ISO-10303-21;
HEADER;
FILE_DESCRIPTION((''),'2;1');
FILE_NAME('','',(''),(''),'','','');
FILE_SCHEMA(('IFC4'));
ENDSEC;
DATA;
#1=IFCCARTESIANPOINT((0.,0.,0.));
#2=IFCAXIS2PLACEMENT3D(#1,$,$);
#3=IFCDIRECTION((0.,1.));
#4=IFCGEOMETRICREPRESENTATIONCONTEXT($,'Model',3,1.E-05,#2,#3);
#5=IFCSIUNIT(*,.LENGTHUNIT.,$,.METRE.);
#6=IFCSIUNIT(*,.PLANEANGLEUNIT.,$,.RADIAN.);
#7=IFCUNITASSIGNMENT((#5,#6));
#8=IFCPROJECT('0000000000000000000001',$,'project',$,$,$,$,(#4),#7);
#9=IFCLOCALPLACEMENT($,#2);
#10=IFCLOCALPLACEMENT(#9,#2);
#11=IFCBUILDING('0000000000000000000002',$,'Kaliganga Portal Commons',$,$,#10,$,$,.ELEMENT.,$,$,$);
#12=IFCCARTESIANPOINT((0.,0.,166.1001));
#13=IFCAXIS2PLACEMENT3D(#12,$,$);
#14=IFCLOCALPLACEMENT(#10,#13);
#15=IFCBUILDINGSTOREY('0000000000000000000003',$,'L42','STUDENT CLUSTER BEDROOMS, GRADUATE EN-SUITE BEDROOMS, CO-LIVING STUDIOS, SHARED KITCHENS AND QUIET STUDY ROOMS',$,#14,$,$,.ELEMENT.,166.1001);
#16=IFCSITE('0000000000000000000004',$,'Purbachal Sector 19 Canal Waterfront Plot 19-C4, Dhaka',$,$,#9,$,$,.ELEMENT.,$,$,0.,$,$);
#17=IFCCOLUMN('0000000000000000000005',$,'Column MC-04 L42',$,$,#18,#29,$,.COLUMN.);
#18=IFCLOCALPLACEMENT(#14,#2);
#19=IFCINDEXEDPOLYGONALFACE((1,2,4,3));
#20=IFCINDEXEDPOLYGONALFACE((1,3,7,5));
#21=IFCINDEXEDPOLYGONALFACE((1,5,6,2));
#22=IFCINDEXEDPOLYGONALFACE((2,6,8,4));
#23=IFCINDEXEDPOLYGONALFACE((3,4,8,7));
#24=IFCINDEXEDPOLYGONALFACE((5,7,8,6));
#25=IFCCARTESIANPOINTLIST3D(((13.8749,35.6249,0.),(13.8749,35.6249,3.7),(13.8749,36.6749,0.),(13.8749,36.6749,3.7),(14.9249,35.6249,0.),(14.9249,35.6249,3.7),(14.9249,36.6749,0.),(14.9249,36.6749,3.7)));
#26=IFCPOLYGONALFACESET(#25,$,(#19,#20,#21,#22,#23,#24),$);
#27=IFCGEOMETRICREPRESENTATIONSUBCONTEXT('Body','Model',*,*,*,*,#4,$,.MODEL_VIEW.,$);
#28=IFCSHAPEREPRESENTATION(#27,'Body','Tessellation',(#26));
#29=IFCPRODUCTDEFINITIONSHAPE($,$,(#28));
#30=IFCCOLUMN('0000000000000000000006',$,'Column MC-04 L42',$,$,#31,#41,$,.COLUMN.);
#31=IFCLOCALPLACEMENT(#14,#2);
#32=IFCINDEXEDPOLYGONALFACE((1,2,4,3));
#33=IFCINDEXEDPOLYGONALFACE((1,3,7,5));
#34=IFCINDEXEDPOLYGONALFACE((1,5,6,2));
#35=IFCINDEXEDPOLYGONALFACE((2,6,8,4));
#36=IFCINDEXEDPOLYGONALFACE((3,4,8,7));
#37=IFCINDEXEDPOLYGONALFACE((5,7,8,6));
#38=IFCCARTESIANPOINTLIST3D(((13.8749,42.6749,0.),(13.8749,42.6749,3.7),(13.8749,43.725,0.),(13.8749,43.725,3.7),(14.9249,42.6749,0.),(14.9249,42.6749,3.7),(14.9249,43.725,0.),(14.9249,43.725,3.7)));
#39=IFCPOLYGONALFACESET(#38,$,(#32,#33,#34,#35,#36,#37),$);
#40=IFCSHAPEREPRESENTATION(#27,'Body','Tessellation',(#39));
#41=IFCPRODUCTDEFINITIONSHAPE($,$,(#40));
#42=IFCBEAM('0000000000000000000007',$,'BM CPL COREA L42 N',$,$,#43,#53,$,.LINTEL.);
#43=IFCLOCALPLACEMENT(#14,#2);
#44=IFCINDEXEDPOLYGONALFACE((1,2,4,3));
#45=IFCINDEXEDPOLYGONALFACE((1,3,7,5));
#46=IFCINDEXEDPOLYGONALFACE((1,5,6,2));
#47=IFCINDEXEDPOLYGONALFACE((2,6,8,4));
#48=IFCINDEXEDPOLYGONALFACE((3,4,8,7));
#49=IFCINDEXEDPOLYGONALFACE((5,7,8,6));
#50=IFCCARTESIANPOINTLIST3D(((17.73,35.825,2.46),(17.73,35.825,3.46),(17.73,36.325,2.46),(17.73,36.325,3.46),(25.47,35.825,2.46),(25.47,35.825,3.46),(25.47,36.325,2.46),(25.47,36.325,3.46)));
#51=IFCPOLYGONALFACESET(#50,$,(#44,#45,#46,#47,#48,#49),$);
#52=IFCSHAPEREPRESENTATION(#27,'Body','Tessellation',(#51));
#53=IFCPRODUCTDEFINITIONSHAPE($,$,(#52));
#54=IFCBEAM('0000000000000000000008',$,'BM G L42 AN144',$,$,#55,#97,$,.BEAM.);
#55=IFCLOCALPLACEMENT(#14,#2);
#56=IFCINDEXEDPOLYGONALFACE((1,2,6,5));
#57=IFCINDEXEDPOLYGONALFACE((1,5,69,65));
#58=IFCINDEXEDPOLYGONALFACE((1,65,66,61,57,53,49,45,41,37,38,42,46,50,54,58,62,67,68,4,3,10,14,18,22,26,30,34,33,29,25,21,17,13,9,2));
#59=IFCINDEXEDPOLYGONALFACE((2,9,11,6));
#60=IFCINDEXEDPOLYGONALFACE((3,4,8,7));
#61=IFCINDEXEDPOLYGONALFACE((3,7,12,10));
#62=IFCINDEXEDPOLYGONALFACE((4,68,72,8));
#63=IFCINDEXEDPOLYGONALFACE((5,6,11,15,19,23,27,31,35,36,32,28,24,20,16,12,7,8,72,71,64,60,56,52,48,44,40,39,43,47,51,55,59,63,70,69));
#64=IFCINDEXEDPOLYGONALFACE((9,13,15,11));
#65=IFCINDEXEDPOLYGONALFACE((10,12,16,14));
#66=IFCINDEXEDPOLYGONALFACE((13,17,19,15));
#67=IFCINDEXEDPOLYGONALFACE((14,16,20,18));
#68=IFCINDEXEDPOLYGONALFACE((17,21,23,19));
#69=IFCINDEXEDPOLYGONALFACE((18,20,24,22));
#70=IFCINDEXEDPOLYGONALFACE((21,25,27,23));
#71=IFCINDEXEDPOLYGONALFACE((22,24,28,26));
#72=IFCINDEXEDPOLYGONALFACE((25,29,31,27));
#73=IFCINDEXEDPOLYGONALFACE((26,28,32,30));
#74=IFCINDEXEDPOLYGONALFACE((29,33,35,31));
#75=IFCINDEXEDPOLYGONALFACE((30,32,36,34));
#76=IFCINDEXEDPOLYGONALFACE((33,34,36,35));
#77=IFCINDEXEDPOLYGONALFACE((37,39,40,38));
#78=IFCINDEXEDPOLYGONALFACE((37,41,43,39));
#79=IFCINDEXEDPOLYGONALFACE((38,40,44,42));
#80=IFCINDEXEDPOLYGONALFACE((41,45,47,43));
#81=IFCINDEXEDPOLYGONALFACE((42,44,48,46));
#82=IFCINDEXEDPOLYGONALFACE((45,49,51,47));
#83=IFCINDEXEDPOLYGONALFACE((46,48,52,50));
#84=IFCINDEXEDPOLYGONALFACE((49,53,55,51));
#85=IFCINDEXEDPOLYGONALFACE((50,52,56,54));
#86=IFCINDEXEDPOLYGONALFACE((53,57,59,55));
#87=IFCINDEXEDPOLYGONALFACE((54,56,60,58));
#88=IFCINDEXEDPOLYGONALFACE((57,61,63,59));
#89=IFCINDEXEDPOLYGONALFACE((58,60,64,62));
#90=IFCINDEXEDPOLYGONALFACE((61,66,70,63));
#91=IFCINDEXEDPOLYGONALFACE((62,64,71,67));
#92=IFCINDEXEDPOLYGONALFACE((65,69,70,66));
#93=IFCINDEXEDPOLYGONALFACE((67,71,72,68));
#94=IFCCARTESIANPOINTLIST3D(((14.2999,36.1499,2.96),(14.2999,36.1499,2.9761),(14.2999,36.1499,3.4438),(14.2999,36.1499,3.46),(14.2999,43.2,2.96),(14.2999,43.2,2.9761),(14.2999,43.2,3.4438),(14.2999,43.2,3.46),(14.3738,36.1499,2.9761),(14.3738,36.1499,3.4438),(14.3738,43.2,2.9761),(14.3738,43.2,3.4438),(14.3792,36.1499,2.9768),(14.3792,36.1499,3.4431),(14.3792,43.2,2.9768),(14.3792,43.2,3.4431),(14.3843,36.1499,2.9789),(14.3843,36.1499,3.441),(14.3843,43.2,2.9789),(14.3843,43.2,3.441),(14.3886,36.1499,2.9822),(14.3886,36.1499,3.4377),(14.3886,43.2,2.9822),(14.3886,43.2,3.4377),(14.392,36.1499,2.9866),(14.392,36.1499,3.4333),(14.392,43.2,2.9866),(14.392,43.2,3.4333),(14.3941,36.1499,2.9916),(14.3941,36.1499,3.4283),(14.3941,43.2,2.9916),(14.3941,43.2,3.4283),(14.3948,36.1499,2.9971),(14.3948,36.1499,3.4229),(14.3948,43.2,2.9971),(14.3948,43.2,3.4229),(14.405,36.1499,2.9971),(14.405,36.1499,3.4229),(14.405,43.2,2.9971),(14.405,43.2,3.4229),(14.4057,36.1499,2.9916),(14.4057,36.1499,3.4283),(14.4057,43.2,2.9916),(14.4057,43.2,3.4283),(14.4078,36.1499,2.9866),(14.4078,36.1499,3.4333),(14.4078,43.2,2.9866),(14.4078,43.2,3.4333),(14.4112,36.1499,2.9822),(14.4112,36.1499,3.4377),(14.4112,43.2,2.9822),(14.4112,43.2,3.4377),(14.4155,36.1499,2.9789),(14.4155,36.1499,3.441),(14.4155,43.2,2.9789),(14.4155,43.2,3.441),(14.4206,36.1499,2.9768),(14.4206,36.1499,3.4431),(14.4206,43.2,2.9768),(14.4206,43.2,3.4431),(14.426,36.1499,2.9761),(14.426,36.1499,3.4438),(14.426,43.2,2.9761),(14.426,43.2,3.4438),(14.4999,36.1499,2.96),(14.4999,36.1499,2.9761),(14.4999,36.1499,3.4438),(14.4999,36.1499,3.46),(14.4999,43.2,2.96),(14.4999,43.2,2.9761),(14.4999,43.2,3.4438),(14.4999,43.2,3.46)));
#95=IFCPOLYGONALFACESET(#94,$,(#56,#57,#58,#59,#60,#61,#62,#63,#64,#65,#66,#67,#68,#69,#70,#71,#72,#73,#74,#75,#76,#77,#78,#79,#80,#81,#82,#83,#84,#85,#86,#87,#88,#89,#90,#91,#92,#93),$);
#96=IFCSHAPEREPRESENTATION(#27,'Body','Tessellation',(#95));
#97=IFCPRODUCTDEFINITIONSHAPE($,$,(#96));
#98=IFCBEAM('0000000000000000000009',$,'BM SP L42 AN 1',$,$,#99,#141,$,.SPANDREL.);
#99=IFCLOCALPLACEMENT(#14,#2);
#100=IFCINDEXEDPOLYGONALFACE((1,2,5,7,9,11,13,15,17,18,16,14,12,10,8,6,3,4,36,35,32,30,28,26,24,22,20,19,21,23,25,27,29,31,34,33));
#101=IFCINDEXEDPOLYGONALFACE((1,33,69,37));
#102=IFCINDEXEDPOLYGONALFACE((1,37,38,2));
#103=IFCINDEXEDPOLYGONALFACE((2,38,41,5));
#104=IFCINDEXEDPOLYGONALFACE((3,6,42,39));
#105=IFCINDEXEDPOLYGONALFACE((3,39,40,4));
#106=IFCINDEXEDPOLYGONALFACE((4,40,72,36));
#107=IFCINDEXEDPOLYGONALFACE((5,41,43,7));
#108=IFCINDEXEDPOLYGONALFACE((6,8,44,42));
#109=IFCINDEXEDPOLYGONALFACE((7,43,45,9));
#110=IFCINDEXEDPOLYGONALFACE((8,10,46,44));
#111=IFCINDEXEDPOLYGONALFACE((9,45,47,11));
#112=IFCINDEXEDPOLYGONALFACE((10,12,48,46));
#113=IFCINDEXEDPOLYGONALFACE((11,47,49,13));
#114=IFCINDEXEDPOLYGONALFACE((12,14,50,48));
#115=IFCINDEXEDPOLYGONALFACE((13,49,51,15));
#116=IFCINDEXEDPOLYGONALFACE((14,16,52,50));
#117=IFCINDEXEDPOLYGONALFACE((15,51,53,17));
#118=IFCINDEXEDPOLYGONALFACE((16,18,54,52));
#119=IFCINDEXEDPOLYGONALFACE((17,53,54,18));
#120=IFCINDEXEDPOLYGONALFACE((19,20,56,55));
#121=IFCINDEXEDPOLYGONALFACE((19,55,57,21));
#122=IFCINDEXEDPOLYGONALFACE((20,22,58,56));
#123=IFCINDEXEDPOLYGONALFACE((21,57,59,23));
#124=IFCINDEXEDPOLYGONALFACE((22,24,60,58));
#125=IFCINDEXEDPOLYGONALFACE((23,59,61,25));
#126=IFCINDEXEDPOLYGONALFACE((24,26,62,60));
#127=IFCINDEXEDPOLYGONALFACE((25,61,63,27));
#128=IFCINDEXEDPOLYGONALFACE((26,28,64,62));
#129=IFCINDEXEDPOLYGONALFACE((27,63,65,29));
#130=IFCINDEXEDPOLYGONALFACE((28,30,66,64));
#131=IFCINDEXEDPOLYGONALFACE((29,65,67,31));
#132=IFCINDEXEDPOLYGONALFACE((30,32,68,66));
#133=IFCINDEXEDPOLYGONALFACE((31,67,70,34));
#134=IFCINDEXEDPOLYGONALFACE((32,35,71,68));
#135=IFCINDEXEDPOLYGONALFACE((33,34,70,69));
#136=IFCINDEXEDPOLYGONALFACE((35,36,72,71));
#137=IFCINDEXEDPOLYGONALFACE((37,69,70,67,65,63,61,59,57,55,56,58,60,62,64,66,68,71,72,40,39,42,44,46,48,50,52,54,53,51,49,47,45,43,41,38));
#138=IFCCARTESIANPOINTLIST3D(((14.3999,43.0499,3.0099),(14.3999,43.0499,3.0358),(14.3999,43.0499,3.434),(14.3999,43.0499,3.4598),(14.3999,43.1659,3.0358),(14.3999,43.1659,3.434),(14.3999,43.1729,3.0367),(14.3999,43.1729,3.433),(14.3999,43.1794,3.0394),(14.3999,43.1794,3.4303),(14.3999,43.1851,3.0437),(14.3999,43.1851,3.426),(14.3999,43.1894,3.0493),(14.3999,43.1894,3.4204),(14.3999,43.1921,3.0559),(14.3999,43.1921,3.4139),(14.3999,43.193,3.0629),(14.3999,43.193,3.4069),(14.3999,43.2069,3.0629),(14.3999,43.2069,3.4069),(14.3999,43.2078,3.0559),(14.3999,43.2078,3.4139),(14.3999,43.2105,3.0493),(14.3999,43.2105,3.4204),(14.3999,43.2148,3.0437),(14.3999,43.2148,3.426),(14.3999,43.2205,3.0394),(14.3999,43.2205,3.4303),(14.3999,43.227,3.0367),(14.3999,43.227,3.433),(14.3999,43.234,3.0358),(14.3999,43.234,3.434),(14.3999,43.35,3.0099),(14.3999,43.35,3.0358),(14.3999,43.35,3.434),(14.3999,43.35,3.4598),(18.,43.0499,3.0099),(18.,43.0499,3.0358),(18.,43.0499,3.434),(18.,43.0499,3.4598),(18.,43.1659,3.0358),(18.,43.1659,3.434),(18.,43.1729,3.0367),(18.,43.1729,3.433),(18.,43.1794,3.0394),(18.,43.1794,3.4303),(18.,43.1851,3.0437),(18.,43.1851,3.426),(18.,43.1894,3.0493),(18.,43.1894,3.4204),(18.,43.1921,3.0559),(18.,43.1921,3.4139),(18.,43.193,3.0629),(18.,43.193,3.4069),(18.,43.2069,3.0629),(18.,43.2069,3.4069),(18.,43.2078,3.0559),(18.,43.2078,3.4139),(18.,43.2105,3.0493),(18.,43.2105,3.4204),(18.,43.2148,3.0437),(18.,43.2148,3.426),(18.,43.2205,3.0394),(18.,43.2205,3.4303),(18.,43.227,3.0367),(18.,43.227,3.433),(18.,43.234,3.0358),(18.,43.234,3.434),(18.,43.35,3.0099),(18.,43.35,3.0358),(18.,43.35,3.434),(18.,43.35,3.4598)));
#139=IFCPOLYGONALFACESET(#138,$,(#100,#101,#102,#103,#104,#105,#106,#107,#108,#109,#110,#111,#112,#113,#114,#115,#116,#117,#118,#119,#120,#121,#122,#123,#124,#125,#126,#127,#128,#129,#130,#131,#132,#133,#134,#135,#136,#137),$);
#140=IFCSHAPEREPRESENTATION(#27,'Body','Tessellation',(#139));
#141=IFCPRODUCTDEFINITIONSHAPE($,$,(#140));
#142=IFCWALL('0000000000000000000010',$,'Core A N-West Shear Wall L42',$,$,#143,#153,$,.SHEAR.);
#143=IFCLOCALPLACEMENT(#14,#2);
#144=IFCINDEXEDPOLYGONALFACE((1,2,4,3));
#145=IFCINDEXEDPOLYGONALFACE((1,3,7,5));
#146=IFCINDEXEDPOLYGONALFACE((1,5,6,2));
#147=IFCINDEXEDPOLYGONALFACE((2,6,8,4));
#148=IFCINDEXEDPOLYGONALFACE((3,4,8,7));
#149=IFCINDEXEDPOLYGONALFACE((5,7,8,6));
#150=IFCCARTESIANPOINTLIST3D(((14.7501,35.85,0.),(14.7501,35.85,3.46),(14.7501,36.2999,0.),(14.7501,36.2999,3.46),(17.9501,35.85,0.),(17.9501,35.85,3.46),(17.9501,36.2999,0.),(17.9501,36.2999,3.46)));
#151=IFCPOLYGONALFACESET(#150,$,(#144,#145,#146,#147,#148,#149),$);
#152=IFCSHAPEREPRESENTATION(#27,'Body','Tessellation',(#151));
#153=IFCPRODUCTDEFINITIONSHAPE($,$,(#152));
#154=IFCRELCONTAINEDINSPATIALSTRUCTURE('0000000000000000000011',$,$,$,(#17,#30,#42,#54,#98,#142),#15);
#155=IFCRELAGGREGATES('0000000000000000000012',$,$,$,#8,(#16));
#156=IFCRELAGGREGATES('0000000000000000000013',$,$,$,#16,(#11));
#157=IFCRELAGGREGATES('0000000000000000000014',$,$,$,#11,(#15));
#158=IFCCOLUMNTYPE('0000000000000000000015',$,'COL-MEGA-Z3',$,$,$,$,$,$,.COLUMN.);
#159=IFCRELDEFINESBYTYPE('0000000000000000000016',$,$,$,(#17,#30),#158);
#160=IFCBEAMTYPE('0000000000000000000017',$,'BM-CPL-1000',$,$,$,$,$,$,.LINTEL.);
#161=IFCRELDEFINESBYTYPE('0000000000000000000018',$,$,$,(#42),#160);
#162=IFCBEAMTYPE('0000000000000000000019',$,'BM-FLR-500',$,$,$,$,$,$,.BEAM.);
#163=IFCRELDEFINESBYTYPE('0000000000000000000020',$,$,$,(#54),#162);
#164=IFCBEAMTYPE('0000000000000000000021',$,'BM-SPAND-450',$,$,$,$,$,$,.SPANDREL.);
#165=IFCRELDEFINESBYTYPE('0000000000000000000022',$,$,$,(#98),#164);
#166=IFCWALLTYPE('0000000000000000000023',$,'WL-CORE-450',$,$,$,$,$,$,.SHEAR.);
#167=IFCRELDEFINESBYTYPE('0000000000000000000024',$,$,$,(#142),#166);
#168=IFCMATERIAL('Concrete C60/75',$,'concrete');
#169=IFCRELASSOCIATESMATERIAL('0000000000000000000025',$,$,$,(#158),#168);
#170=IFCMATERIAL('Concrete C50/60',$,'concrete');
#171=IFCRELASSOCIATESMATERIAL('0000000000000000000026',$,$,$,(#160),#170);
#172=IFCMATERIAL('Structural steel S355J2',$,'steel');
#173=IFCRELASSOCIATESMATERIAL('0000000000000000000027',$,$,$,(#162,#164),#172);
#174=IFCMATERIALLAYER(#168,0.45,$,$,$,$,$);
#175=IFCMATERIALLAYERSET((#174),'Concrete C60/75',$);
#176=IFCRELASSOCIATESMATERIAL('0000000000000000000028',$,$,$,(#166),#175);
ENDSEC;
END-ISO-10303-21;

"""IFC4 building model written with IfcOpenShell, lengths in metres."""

from ifc_helpers import new_model, si_unit, direction, frame, frame_2d, origin, origin_2d, place, context, subcontext, project, spatial, rectangle, i_section, extrude, source, transform, mapped, material, layer, layer_set, material_profile, profile_set, type_object, element, save


model = new_model("IFC4")

# Units and contexts
model_context = context("Model", 3, precision=1e-05, world=origin(), true_north=direction((0.0, 1.0)))
body_context = subcontext(model_context, "Body", "Model", "MODEL_VIEW")
ifc_project = project(units=[si_unit("LENGTHUNIT", "METRE"), si_unit("PLANEANGLEUNIT", "RADIAN")], contexts=[model_context])

# Site, building, storey
site_placement = place(None, origin())
site = spatial("IfcSite", under=ifc_project, at=site_placement, Name="Purbachal Sector 19 Canal Waterfront Plot 19-C4, Dhaka", CompositionType="ELEMENT", RefElevation=0.0)
building_placement = place(site_placement, origin())
building = spatial("IfcBuilding", under=site, at=building_placement, Name="Kaliganga Portal Commons", CompositionType="ELEMENT")
storey_placement = place(building_placement, frame((0.0, 0.0, 166.1001)))
storey = spatial("IfcBuildingStorey", under=building, at=storey_placement, Name="L42", Description="STUDENT CLUSTER BEDROOMS, GRADUATE EN-SUITE BEDROOMS, CO-LIVING STUDIOS, SHARED KITCHENS AND QUIET STUDY ROOMS", CompositionType="ELEMENT", Elevation=166.1001)

# Columns
ifc_material_1 = material(Name="Concrete C60/75", Category="concrete")
ifc_material_profile_1 = material_profile(ifc_material_1, rectangle(XDim=1.05, YDim=1.05, at=origin_2d()), Name="RC 1050x1050")
ifc_profile_set_1 = profile_set([ifc_material_profile_1], Name="Concrete C60/75")
column_type = type_object("IfcColumnType", Name="COL-MEGA-Z3", PredefinedType="COLUMN", material=ifc_profile_set_1)
shared_shape_1 = source(origin(), body_context, "Body", "SweptSolid", [
    extrude(rectangle(XDim=1.05, YDim=1.05, at=origin_2d()), origin(), (0.0, 0.0, 1.0), 3.7),
])
for number, where, z_axis, x_axis, name in (
    (1, (14.3999, 36.1499, 0.0), (0.0, 0.0, 1.0), (1.0, 0.0, 0.0), "Column MC-04 L42"),
    (2, (14.3999, 43.2, 0.0), (0.0, 0.0, 1.0), (1.0, 0.0, 0.0), "Column MC-04 L42"),
):
    element("IfcColumn", number, at=place(storey_placement, frame(where, z_axis=z_axis, x_axis=x_axis)), inside=storey, type_object=column_type, Name=name, PredefinedType="COLUMN", context=body_context, shape_type="MappedRepresentation", body=[
        mapped(shared_shape_1, transform((0.0, 0.0, 0.0), x_axis=(1.0, 0.0, 0.0), y_axis=(0.0, 1.0, 0.0), z_axis=(0.0, 0.0, 1.0), scale=1.0)),
    ])

# Beams
ifc_material_2 = material(Name="Concrete C50/60", Category="concrete")
ifc_material_profile_2 = material_profile(ifc_material_2, rectangle(XDim=0.5, YDim=1.0, at=origin_2d()), Name="RC 500x1000")
ifc_profile_set_2 = profile_set([ifc_material_profile_2], Name="Concrete C50/60")
beam_type_1 = type_object("IfcBeamType", Name="BM-CPL-1000", PredefinedType="LINTEL", material=ifc_profile_set_2)
shared_shape_2 = source(origin(), body_context, "Body", "SweptSolid", [
    extrude(rectangle(XDim=0.5, YDim=1.0, at=origin_2d()), origin(), (0.0, 0.0, 1.0), 7.74),
])
beam_1_placement = place(storey_placement, frame((17.73, 36.075, 2.96), z_axis=(1.0, 0.0, 0.0), x_axis=(0.0, 1.0, 0.0)))
element("IfcBeam", 3, at=beam_1_placement, inside=storey, type_object=beam_type_1, Name="BM CPL COREA L42 N", PredefinedType="LINTEL", context=body_context, shape_type="MappedRepresentation", body=[
    mapped(shared_shape_2, transform((0.0, 0.0, 0.0), x_axis=(1.0, 0.0, 0.0), y_axis=(0.0, 1.0, 0.0), z_axis=(0.0, 0.0, 1.0), scale=1.0)),
])
ifc_material_3 = material(Name="Structural steel S355J2", Category="steel")
ifc_material_profile_3 = material_profile(ifc_material_3, i_section(OverallWidth=0.2, OverallDepth=0.5, WebThickness=0.0103, FlangeThickness=0.0161, FilletRadius=0.021, at=origin_2d()), Name="IPE 500")
ifc_profile_set_3 = profile_set([ifc_material_profile_3], Name="Structural steel S355J2 wide-flange")
beam_type_2 = type_object("IfcBeamType", Name="BM-FLR-500", PredefinedType="BEAM", material=ifc_profile_set_3)
shared_shape_3 = source(origin(), body_context, "Body", "SweptSolid", [
    extrude(i_section(OverallWidth=0.2, OverallDepth=0.5, WebThickness=0.0103, FlangeThickness=0.0161, FilletRadius=0.021, at=origin_2d()), origin(), (0.0, 0.0, 1.0), 7.05),
])
beam_2_placement = place(storey_placement, frame((14.3999, 36.1499, 3.21), z_axis=(0.0, 1.0, 0.0), x_axis=(-1.0, 0.0, 0.0)))
element("IfcBeam", 4, at=beam_2_placement, inside=storey, type_object=beam_type_2, Name="BM G L42 AN144", PredefinedType="BEAM", context=body_context, shape_type="MappedRepresentation", body=[
    mapped(shared_shape_3, transform((0.0, 0.0, 0.0), x_axis=(1.0, 0.0, 0.0), y_axis=(0.0, 1.0, 0.0), z_axis=(0.0, 0.0, 1.0), scale=1.0)),
])
ifc_material_profile_4 = material_profile(ifc_material_3, i_section(OverallWidth=0.3, OverallDepth=0.45, WebThickness=0.0139, FlangeThickness=0.0259, FilletRadius=0.0271, at=origin_2d()), Name="HE 450 B")
ifc_profile_set_4 = profile_set([ifc_material_profile_4], Name="Structural steel S355J2 wide-flange")
beam_type_3 = type_object("IfcBeamType", Name="BM-SPAND-450", PredefinedType="SPANDREL", material=ifc_profile_set_4)
shared_shape_4 = source(origin(), body_context, "Body", "SweptSolid", [
    extrude(i_section(OverallWidth=0.3, OverallDepth=0.45, WebThickness=0.0139, FlangeThickness=0.0259, FilletRadius=0.0271, at=origin_2d()), origin(), (0.0, 0.0, 1.0), 3.6001),
])
beam_3_placement = place(storey_placement, frame((14.3999, 43.2, 3.2349), z_axis=(1.0, 0.0, 0.0), x_axis=(0.0, 1.0, 0.0)))
element("IfcBeam", 5, at=beam_3_placement, inside=storey, type_object=beam_type_3, Name="BM SP L42 AN 1", PredefinedType="SPANDREL", context=body_context, shape_type="MappedRepresentation", body=[
    mapped(shared_shape_4, transform((0.0, 0.0, 0.0), x_axis=(1.0, 0.0, 0.0), y_axis=(0.0, 1.0, 0.0), z_axis=(0.0, 0.0, 1.0), scale=1.0)),
])

# Wall
ifc_layer_1 = layer(ifc_material_1, 0.45)
ifc_layer_set_1 = layer_set([ifc_layer_1], Name="Concrete C60/75")
wall_type_1 = type_object("IfcWallType", Name="WL-CORE-450", PredefinedType="SHEAR", material=ifc_layer_set_1)
wall_1_placement = place(storey_placement, frame((14.75, 36.075, 0.0), z_axis=(0.0, 0.0, 1.0), x_axis=(1.0, 0.0, 0.0)))
element("IfcWall", 6, at=wall_1_placement, inside=storey, type_object=wall_type_1, Name="Core A N-West Shear Wall L42", PredefinedType="SHEAR", context=body_context, shape_type="SweptSolid", body=[
    extrude(rectangle(XDim=3.2, YDim=0.45, at=frame_2d((1.6001, 0.0))), origin(), (0.0, 0.0, 1.0), 3.46),
])

save(model, "model.ifc")
